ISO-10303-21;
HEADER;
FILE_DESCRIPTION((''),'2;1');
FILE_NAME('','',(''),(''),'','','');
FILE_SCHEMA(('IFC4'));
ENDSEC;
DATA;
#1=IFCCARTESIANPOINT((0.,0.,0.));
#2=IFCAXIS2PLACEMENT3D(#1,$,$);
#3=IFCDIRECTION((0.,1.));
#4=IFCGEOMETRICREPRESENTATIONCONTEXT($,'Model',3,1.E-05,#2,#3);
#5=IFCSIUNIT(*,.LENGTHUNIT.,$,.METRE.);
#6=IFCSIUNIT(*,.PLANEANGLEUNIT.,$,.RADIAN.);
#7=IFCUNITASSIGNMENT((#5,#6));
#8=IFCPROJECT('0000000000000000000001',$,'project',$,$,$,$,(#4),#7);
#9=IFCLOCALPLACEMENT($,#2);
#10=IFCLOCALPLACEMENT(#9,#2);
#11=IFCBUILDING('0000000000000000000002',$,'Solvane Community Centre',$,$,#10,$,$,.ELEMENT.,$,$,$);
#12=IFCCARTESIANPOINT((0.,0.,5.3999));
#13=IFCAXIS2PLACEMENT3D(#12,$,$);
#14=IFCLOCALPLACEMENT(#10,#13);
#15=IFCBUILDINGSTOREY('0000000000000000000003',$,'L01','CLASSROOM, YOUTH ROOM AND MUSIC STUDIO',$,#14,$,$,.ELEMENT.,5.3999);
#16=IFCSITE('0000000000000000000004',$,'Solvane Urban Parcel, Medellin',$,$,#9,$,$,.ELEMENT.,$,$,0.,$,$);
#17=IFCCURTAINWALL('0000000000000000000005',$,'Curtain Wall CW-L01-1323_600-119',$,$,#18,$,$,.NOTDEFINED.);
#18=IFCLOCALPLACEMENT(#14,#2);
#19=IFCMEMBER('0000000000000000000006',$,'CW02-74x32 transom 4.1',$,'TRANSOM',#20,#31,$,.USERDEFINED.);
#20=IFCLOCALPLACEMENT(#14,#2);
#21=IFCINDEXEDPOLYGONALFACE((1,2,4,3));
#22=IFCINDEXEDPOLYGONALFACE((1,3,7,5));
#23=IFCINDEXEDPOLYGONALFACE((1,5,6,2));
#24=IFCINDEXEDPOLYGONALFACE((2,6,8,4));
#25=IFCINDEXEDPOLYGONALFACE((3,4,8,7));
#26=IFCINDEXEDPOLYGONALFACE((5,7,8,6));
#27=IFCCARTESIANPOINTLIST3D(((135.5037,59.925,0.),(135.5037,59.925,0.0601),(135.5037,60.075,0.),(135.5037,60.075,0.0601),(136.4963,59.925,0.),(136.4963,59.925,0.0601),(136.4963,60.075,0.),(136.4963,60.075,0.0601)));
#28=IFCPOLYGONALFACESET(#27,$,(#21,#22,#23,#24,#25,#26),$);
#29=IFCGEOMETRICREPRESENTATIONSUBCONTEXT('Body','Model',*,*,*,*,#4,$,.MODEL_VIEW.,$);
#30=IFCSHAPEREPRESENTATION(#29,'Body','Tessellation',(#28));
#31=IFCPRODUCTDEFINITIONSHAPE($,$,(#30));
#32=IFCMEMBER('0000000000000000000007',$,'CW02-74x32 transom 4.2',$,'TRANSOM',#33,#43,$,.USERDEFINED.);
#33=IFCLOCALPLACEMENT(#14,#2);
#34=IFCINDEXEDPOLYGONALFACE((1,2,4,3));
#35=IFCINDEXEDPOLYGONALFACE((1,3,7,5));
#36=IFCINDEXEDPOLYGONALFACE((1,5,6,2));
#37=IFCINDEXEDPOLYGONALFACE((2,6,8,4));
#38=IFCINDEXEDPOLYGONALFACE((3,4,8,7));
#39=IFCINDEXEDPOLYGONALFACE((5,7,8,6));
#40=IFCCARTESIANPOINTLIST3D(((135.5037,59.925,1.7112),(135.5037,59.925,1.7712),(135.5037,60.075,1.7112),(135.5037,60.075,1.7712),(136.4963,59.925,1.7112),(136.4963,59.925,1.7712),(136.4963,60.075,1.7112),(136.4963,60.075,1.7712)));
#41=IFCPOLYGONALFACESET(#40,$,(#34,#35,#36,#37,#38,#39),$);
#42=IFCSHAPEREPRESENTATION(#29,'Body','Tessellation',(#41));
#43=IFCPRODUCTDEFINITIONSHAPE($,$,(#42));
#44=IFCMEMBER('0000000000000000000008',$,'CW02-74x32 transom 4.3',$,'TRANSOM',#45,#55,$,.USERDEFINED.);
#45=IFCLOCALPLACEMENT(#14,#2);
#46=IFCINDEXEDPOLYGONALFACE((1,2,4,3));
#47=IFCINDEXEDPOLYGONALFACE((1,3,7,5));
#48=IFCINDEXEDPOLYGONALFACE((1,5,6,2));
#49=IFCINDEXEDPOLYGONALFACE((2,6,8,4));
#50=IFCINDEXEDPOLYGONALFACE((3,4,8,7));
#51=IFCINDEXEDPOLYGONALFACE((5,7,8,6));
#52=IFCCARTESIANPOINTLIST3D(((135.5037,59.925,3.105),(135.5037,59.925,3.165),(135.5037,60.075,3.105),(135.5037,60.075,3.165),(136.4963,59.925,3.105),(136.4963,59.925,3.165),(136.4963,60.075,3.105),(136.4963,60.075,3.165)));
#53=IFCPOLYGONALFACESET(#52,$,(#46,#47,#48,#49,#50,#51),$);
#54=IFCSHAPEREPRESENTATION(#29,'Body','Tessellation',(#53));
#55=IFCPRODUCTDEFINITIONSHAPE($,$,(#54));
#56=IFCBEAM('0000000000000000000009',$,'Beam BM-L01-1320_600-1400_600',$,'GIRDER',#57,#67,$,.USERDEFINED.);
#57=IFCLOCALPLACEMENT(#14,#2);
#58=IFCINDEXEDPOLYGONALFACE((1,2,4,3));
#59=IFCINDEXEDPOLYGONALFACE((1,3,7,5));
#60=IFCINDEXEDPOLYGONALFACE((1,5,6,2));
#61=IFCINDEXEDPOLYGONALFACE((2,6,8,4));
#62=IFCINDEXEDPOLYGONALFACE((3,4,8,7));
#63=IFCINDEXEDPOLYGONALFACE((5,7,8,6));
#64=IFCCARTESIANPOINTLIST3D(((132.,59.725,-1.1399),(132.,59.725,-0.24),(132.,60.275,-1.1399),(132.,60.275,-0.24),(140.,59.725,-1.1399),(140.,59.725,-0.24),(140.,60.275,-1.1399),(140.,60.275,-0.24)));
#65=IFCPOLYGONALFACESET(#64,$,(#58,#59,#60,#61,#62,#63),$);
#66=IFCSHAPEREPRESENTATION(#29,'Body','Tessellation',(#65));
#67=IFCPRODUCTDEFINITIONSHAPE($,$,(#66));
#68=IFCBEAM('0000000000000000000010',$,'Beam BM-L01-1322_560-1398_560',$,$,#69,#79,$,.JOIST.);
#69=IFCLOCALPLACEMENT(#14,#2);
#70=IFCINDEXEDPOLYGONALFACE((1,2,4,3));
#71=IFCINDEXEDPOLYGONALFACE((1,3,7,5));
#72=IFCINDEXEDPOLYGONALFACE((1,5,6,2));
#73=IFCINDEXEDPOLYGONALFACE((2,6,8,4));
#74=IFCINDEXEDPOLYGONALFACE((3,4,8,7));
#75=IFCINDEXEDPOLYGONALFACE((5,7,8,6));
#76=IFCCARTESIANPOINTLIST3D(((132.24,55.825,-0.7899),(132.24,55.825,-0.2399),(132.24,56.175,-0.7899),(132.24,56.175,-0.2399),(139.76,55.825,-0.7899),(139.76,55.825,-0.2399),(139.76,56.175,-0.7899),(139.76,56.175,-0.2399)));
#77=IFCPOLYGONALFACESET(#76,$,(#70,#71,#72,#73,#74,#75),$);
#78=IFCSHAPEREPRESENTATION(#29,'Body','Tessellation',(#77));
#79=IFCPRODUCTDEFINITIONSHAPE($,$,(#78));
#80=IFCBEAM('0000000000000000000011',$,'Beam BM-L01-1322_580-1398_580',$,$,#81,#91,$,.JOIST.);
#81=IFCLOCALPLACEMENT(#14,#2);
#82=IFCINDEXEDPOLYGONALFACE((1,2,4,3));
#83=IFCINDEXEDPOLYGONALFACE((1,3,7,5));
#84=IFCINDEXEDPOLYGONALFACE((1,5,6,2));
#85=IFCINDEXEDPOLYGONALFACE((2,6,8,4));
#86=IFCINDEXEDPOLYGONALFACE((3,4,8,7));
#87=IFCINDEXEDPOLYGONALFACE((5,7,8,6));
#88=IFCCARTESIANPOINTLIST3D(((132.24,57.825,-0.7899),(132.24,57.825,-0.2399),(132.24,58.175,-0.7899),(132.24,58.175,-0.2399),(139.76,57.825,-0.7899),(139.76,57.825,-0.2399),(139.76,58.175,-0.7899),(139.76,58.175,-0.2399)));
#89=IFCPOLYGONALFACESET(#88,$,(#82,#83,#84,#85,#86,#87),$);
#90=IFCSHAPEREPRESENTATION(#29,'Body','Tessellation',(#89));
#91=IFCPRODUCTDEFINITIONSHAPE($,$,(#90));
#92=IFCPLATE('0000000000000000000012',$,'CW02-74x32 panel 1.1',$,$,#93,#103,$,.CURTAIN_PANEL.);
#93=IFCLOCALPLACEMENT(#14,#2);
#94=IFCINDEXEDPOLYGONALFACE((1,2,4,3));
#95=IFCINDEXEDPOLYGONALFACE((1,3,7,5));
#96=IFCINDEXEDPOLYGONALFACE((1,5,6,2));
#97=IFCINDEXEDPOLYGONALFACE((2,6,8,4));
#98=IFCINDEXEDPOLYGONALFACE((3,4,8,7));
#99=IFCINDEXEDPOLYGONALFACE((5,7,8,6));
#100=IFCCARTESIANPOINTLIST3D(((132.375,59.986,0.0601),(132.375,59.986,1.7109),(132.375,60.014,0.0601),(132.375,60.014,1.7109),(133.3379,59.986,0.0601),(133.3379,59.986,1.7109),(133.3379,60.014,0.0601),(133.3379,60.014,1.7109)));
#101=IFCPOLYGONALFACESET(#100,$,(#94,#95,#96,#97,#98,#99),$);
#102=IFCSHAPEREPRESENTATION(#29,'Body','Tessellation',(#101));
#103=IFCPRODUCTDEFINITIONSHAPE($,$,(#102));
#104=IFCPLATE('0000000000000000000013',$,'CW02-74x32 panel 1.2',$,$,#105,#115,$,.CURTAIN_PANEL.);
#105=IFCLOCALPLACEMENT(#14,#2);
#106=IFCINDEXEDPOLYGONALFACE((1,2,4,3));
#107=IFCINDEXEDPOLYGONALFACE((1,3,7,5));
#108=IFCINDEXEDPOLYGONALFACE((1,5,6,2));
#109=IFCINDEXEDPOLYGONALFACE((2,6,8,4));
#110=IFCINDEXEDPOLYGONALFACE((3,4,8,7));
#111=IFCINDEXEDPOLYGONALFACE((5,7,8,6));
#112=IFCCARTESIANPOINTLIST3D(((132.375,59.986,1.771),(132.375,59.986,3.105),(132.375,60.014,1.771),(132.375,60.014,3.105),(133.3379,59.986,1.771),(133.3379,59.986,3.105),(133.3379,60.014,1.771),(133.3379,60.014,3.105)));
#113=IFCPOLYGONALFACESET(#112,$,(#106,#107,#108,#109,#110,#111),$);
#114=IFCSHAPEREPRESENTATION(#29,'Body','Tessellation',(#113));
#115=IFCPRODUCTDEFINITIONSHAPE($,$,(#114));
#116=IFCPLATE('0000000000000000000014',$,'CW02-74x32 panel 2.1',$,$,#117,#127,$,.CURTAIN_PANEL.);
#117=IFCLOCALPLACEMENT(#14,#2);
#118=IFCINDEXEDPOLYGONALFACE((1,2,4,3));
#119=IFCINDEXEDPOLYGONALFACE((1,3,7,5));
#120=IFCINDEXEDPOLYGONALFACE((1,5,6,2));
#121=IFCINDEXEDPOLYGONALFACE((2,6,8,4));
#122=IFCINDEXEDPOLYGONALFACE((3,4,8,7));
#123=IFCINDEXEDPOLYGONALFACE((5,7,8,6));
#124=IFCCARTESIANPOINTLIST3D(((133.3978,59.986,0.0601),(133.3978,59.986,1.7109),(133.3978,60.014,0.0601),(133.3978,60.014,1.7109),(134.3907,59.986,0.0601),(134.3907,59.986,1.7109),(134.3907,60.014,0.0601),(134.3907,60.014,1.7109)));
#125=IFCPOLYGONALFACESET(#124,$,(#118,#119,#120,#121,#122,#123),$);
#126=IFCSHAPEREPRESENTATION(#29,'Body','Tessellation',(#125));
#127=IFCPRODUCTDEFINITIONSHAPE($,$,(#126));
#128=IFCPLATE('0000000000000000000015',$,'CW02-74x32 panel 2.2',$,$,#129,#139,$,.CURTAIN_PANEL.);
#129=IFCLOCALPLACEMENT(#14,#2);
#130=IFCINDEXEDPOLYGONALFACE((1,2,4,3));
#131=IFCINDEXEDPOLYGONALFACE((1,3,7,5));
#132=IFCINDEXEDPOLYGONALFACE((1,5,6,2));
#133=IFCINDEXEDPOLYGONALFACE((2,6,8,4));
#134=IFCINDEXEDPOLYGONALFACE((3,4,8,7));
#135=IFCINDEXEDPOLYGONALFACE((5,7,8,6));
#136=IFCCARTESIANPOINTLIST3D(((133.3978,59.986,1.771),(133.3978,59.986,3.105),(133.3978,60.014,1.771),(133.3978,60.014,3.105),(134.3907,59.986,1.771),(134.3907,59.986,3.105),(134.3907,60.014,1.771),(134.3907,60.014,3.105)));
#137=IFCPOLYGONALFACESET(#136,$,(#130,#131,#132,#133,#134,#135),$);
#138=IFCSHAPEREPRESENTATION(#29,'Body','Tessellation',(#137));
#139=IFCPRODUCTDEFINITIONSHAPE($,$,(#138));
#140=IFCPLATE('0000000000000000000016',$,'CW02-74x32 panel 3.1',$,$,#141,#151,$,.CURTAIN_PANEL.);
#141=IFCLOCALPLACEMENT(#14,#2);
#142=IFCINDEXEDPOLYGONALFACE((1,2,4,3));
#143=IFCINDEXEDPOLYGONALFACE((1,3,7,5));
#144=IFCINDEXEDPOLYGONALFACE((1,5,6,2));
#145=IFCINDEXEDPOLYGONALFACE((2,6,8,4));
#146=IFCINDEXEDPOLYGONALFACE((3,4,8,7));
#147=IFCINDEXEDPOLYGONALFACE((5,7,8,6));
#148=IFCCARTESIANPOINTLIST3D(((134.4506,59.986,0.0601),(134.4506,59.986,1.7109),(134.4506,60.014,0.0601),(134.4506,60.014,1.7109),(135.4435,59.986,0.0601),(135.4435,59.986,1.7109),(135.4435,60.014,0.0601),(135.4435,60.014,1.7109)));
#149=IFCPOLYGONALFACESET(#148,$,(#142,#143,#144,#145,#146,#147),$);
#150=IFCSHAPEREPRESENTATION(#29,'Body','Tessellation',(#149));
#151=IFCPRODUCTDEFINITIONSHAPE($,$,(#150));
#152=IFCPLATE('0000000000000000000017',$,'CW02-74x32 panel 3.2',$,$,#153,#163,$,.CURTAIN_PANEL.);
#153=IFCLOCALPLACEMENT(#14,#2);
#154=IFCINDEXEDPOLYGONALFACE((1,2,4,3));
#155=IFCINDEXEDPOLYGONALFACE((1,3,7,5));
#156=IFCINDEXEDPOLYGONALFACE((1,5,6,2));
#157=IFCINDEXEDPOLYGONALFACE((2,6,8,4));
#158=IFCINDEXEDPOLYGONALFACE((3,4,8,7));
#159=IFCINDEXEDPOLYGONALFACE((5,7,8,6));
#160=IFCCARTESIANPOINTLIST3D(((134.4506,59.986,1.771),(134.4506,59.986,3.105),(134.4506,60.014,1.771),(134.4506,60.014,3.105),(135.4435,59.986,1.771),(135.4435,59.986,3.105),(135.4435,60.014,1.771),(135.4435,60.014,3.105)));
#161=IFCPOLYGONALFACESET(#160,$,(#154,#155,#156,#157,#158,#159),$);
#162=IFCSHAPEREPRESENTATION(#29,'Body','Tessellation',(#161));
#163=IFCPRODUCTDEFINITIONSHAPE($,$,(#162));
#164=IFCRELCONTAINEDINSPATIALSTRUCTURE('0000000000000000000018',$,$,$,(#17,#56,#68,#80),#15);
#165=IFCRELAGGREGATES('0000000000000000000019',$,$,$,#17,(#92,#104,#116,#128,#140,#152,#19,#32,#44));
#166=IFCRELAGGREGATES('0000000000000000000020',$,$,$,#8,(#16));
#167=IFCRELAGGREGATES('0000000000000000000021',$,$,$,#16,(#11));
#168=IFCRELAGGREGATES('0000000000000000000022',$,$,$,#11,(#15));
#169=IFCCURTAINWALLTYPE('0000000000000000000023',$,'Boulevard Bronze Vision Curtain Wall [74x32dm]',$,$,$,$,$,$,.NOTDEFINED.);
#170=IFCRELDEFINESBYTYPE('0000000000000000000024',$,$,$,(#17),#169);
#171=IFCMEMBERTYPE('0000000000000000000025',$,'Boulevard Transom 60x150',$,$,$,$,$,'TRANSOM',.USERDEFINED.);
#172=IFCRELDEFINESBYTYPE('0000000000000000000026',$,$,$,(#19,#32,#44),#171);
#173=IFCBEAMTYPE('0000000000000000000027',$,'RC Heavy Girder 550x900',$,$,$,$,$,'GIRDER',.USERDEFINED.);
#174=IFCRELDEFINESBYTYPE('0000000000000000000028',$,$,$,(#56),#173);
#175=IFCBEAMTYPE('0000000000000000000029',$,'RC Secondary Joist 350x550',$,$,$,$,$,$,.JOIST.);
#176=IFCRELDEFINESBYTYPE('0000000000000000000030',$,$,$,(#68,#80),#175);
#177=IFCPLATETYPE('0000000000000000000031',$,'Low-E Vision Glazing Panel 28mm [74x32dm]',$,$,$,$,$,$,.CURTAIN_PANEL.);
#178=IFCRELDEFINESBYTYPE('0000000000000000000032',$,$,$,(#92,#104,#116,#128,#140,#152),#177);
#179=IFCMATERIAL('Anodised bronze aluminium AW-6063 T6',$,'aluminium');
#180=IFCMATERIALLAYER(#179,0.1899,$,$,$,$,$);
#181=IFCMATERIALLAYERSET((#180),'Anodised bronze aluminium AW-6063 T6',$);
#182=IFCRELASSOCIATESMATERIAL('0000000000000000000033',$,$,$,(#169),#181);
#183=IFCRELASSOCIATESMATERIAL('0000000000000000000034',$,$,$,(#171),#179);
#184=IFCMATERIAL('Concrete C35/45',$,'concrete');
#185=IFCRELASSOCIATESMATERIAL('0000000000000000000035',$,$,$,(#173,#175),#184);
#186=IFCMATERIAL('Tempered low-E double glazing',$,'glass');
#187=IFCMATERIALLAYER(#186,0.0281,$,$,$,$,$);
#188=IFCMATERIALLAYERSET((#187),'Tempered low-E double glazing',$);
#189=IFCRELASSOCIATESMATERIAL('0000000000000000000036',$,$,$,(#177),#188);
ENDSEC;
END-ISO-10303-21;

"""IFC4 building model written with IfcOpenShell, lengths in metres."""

from ifc_helpers import new_model, si_unit, direction, frame, origin, origin_2d, place, context, subcontext, project, spatial, rectangle, extrude, material, layer, layer_set, material_profile, profile_set, type_object, element, aggregate, save


model = new_model("IFC4")

# Units and contexts
model_context = context("Model", 3, precision=1e-05, world=origin(), true_north=direction((0.0, 1.0)))
body_context = subcontext(model_context, "Body", "Model", "MODEL_VIEW")
ifc_project = project(units=[si_unit("LENGTHUNIT", "METRE"), si_unit("PLANEANGLEUNIT", "RADIAN")], contexts=[model_context])

# Site, building, storey
site_placement = place(None, origin())
site = spatial("IfcSite", under=ifc_project, at=site_placement, Name="Solvane Urban Parcel, Medellin", CompositionType="ELEMENT", RefElevation=0.0)
building_placement = place(site_placement, origin())
building = spatial("IfcBuilding", under=site, at=building_placement, Name="Solvane Community Centre", CompositionType="ELEMENT")
storey_placement = place(building_placement, frame((0.0, 0.0, 5.3999)))
storey = spatial("IfcBuildingStorey", under=building, at=storey_placement, Name="L01", Description="CLASSROOM, YOUTH ROOM AND MUSIC STUDIO", CompositionType="ELEMENT", Elevation=5.3999)

# Shared definitions
ifc_material_1 = material(Name="Concrete C35/45", Category="concrete")

# Curtain wall, members
ifc_material_2 = material(Name="Anodised bronze aluminium AW-6063 T6", Category="aluminium")
ifc_layer_1 = layer(ifc_material_2, 0.1899)
ifc_layer_set_1 = layer_set([ifc_layer_1], Name="Anodised bronze aluminium AW-6063 T6")
curtain_wall_type = type_object("IfcCurtainWallType", Name="Boulevard Bronze Vision Curtain Wall [74x32dm]", PredefinedType="NOTDEFINED", material=ifc_layer_set_1)
curtain_wall_placement = place(storey_placement, origin())
curtain_wall = element("IfcCurtainWall", 1, at=curtain_wall_placement, inside=storey, type_object=curtain_wall_type, Name="Curtain Wall CW-L01-1323_600-119", PredefinedType="NOTDEFINED")
ifc_material_profile_1 = material_profile(ifc_material_2, rectangle(XDim=0.1499, YDim=0.0601, at=origin_2d()), Name="CW-T 60x150")
ifc_profile_set_1 = profile_set([ifc_material_profile_1], Name="Anodised bronze aluminium AW-6063 T6")
member_type_1 = type_object("IfcMemberType", Name="Boulevard Transom 60x150", ElementType="TRANSOM", PredefinedType="USERDEFINED", material=ifc_profile_set_1)
member_1_placement = place(storey_placement, frame((135.5037, 60.0, 0.03), z_axis=(1.0, 0.0, 0.0), x_axis=(0.0, 1.0, 0.0)))
member_1 = element("IfcMember", 2, at=member_1_placement, type_object=member_type_1, Name="CW02-74x32 transom 4.1", ObjectType="TRANSOM", PredefinedType="USERDEFINED", context=body_context, shape_type="SweptSolid", body=[
    extrude(rectangle(XDim=0.1499, YDim=0.0601, at=origin_2d()), origin(), (0.0, 0.0, 1.0), 0.9927),
])
member_2_placement = place(storey_placement, frame((135.5037, 60.0, 1.7412), z_axis=(1.0, 0.0, 0.0), x_axis=(0.0, 1.0, 0.0)))
member_2 = element("IfcMember", 3, at=member_2_placement, type_object=member_type_1, Name="CW02-74x32 transom 4.2", ObjectType="TRANSOM", PredefinedType="USERDEFINED", context=body_context, shape_type="SweptSolid", body=[
    extrude(rectangle(XDim=0.1499, YDim=0.0601, at=origin_2d()), origin(), (0.0, 0.0, 1.0), 0.9927),
])
member_3_placement = place(storey_placement, frame((135.5037, 60.0, 3.135), z_axis=(1.0, 0.0, 0.0), x_axis=(0.0, 1.0, 0.0)))
member_3 = element("IfcMember", 4, at=member_3_placement, type_object=member_type_1, Name="CW02-74x32 transom 4.3", ObjectType="TRANSOM", PredefinedType="USERDEFINED", context=body_context, shape_type="SweptSolid", body=[
    extrude(rectangle(XDim=0.1499, YDim=0.0601, at=origin_2d()), origin(), (0.0, 0.0, 1.0), 0.9927),
])

# Beams
ifc_material_profile_2 = material_profile(ifc_material_1, rectangle(XDim=0.55, YDim=0.8999, at=origin_2d()), Name="RC 550x900")
ifc_profile_set_2 = profile_set([ifc_material_profile_2], Name="Concrete C35/45")
beam_type_1 = type_object("IfcBeamType", Name="RC Heavy Girder 550x900", ElementType="GIRDER", PredefinedType="USERDEFINED", material=ifc_profile_set_2)
beam_placement = place(storey_placement, frame((132.0, 60.0, -0.6899), z_axis=(1.0, 0.0, 0.0), x_axis=(0.0, 1.0, 0.0)))
element("IfcBeam", 5, at=beam_placement, inside=storey, type_object=beam_type_1, Name="Beam BM-L01-1320_600-1400_600", ObjectType="GIRDER", PredefinedType="USERDEFINED", context=body_context, shape_type="SweptSolid", body=[
    extrude(rectangle(XDim=0.55, YDim=0.8999, at=origin_2d()), origin(), (0.0, 0.0, 1.0), 8.0),
])
ifc_material_profile_3 = material_profile(ifc_material_1, rectangle(XDim=0.3501, YDim=0.55, at=origin_2d()), Name="RC 350x550")
ifc_profile_set_3 = profile_set([ifc_material_profile_3], Name="Concrete C35/45")
beam_type_2 = type_object("IfcBeamType", Name="RC Secondary Joist 350x550", PredefinedType="JOIST", material=ifc_profile_set_3)
for number, where, z_axis, x_axis, name in (
    (6, (132.24, 56.0, -0.5149), (1.0, 0.0, 0.0), (0.0, 1.0, 0.0), "Beam BM-L01-1322_560-1398_560"),
    (7, (132.24, 58.0, -0.5149), (1.0, 0.0, 0.0), (0.0, 1.0, 0.0), "Beam BM-L01-1322_580-1398_580"),
):
    element("IfcBeam", number, at=place(storey_placement, frame(where, z_axis=z_axis, x_axis=x_axis)), inside=storey, type_object=beam_type_2, Name=name, PredefinedType="JOIST", context=body_context, shape_type="SweptSolid", body=[
        extrude(rectangle(XDim=0.3501, YDim=0.55, at=origin_2d()), origin(), (0.0, 0.0, 1.0), 7.52),
    ])

# Plates
ifc_material_3 = material(Name="Tempered low-E double glazing", Category="glass")
ifc_layer_2 = layer(ifc_material_3, 0.0281)
ifc_layer_set_2 = layer_set([ifc_layer_2], Name="Tempered low-E double glazing")
plate_type = type_object("IfcPlateType", Name="Low-E Vision Glazing Panel 28mm [74x32dm]", PredefinedType="CURTAIN_PANEL", material=ifc_layer_set_2)
plate_1_placement = place(storey_placement, frame((132.8564, 60.0, 0.0601), z_axis=(0.0, 0.0, 1.0), x_axis=(1.0, 0.0, 0.0)))
plate_1 = element("IfcPlate", 8, at=plate_1_placement, type_object=plate_type, Name="CW02-74x32 panel 1.1", PredefinedType="CURTAIN_PANEL", context=body_context, shape_type="SweptSolid", body=[
    extrude(rectangle(XDim=0.9629, YDim=0.0281, at=origin_2d()), origin(), (0.0, 0.0, 1.0), 1.6509),
])
plate_2_placement = place(storey_placement, frame((132.8564, 60.0, 1.771), z_axis=(0.0, 0.0, 1.0), x_axis=(1.0, 0.0, 0.0)))
plate_2 = element("IfcPlate", 9, at=plate_2_placement, type_object=plate_type, Name="CW02-74x32 panel 1.2", PredefinedType="CURTAIN_PANEL", context=body_context, shape_type="SweptSolid", body=[
    extrude(rectangle(XDim=0.9629, YDim=0.0281, at=origin_2d()), origin(), (0.0, 0.0, 1.0), 1.334),
])
plate_3_placement = place(storey_placement, frame((133.8943, 60.0, 0.0601), z_axis=(0.0, 0.0, 1.0), x_axis=(1.0, 0.0, 0.0)))
plate_3 = element("IfcPlate", 10, at=plate_3_placement, type_object=plate_type, Name="CW02-74x32 panel 2.1", PredefinedType="CURTAIN_PANEL", context=body_context, shape_type="SweptSolid", body=[
    extrude(rectangle(XDim=0.9929, YDim=0.0281, at=origin_2d()), origin(), (0.0, 0.0, 1.0), 1.6509),
])
plate_4_placement = place(storey_placement, frame((133.8943, 60.0, 1.771), z_axis=(0.0, 0.0, 1.0), x_axis=(1.0, 0.0, 0.0)))
plate_4 = element("IfcPlate", 11, at=plate_4_placement, type_object=plate_type, Name="CW02-74x32 panel 2.2", PredefinedType="CURTAIN_PANEL", context=body_context, shape_type="SweptSolid", body=[
    extrude(rectangle(XDim=0.9929, YDim=0.0281, at=origin_2d()), origin(), (0.0, 0.0, 1.0), 1.334),
])
plate_5_placement = place(storey_placement, frame((134.947, 60.0, 0.0601), z_axis=(0.0, 0.0, 1.0), x_axis=(1.0, 0.0, 0.0)))
plate_5 = element("IfcPlate", 12, at=plate_5_placement, type_object=plate_type, Name="CW02-74x32 panel 3.1", PredefinedType="CURTAIN_PANEL", context=body_context, shape_type="SweptSolid", body=[
    extrude(rectangle(XDim=0.9929, YDim=0.0281, at=origin_2d()), origin(), (0.0, 0.0, 1.0), 1.6509),
])
plate_6_placement = place(storey_placement, frame((134.947, 60.0, 1.771), z_axis=(0.0, 0.0, 1.0), x_axis=(1.0, 0.0, 0.0)))
plate_6 = element("IfcPlate", 13, at=plate_6_placement, type_object=plate_type, Name="CW02-74x32 panel 3.2", PredefinedType="CURTAIN_PANEL", context=body_context, shape_type="SweptSolid", body=[
    extrude(rectangle(XDim=0.9929, YDim=0.0281, at=origin_2d()), origin(), (0.0, 0.0, 1.0), 1.334),
])
aggregate(curtain_wall, [plate_1, plate_2, plate_3, plate_4, plate_5, plate_6, member_1, member_2, member_3])

save(model, "model.ifc")
